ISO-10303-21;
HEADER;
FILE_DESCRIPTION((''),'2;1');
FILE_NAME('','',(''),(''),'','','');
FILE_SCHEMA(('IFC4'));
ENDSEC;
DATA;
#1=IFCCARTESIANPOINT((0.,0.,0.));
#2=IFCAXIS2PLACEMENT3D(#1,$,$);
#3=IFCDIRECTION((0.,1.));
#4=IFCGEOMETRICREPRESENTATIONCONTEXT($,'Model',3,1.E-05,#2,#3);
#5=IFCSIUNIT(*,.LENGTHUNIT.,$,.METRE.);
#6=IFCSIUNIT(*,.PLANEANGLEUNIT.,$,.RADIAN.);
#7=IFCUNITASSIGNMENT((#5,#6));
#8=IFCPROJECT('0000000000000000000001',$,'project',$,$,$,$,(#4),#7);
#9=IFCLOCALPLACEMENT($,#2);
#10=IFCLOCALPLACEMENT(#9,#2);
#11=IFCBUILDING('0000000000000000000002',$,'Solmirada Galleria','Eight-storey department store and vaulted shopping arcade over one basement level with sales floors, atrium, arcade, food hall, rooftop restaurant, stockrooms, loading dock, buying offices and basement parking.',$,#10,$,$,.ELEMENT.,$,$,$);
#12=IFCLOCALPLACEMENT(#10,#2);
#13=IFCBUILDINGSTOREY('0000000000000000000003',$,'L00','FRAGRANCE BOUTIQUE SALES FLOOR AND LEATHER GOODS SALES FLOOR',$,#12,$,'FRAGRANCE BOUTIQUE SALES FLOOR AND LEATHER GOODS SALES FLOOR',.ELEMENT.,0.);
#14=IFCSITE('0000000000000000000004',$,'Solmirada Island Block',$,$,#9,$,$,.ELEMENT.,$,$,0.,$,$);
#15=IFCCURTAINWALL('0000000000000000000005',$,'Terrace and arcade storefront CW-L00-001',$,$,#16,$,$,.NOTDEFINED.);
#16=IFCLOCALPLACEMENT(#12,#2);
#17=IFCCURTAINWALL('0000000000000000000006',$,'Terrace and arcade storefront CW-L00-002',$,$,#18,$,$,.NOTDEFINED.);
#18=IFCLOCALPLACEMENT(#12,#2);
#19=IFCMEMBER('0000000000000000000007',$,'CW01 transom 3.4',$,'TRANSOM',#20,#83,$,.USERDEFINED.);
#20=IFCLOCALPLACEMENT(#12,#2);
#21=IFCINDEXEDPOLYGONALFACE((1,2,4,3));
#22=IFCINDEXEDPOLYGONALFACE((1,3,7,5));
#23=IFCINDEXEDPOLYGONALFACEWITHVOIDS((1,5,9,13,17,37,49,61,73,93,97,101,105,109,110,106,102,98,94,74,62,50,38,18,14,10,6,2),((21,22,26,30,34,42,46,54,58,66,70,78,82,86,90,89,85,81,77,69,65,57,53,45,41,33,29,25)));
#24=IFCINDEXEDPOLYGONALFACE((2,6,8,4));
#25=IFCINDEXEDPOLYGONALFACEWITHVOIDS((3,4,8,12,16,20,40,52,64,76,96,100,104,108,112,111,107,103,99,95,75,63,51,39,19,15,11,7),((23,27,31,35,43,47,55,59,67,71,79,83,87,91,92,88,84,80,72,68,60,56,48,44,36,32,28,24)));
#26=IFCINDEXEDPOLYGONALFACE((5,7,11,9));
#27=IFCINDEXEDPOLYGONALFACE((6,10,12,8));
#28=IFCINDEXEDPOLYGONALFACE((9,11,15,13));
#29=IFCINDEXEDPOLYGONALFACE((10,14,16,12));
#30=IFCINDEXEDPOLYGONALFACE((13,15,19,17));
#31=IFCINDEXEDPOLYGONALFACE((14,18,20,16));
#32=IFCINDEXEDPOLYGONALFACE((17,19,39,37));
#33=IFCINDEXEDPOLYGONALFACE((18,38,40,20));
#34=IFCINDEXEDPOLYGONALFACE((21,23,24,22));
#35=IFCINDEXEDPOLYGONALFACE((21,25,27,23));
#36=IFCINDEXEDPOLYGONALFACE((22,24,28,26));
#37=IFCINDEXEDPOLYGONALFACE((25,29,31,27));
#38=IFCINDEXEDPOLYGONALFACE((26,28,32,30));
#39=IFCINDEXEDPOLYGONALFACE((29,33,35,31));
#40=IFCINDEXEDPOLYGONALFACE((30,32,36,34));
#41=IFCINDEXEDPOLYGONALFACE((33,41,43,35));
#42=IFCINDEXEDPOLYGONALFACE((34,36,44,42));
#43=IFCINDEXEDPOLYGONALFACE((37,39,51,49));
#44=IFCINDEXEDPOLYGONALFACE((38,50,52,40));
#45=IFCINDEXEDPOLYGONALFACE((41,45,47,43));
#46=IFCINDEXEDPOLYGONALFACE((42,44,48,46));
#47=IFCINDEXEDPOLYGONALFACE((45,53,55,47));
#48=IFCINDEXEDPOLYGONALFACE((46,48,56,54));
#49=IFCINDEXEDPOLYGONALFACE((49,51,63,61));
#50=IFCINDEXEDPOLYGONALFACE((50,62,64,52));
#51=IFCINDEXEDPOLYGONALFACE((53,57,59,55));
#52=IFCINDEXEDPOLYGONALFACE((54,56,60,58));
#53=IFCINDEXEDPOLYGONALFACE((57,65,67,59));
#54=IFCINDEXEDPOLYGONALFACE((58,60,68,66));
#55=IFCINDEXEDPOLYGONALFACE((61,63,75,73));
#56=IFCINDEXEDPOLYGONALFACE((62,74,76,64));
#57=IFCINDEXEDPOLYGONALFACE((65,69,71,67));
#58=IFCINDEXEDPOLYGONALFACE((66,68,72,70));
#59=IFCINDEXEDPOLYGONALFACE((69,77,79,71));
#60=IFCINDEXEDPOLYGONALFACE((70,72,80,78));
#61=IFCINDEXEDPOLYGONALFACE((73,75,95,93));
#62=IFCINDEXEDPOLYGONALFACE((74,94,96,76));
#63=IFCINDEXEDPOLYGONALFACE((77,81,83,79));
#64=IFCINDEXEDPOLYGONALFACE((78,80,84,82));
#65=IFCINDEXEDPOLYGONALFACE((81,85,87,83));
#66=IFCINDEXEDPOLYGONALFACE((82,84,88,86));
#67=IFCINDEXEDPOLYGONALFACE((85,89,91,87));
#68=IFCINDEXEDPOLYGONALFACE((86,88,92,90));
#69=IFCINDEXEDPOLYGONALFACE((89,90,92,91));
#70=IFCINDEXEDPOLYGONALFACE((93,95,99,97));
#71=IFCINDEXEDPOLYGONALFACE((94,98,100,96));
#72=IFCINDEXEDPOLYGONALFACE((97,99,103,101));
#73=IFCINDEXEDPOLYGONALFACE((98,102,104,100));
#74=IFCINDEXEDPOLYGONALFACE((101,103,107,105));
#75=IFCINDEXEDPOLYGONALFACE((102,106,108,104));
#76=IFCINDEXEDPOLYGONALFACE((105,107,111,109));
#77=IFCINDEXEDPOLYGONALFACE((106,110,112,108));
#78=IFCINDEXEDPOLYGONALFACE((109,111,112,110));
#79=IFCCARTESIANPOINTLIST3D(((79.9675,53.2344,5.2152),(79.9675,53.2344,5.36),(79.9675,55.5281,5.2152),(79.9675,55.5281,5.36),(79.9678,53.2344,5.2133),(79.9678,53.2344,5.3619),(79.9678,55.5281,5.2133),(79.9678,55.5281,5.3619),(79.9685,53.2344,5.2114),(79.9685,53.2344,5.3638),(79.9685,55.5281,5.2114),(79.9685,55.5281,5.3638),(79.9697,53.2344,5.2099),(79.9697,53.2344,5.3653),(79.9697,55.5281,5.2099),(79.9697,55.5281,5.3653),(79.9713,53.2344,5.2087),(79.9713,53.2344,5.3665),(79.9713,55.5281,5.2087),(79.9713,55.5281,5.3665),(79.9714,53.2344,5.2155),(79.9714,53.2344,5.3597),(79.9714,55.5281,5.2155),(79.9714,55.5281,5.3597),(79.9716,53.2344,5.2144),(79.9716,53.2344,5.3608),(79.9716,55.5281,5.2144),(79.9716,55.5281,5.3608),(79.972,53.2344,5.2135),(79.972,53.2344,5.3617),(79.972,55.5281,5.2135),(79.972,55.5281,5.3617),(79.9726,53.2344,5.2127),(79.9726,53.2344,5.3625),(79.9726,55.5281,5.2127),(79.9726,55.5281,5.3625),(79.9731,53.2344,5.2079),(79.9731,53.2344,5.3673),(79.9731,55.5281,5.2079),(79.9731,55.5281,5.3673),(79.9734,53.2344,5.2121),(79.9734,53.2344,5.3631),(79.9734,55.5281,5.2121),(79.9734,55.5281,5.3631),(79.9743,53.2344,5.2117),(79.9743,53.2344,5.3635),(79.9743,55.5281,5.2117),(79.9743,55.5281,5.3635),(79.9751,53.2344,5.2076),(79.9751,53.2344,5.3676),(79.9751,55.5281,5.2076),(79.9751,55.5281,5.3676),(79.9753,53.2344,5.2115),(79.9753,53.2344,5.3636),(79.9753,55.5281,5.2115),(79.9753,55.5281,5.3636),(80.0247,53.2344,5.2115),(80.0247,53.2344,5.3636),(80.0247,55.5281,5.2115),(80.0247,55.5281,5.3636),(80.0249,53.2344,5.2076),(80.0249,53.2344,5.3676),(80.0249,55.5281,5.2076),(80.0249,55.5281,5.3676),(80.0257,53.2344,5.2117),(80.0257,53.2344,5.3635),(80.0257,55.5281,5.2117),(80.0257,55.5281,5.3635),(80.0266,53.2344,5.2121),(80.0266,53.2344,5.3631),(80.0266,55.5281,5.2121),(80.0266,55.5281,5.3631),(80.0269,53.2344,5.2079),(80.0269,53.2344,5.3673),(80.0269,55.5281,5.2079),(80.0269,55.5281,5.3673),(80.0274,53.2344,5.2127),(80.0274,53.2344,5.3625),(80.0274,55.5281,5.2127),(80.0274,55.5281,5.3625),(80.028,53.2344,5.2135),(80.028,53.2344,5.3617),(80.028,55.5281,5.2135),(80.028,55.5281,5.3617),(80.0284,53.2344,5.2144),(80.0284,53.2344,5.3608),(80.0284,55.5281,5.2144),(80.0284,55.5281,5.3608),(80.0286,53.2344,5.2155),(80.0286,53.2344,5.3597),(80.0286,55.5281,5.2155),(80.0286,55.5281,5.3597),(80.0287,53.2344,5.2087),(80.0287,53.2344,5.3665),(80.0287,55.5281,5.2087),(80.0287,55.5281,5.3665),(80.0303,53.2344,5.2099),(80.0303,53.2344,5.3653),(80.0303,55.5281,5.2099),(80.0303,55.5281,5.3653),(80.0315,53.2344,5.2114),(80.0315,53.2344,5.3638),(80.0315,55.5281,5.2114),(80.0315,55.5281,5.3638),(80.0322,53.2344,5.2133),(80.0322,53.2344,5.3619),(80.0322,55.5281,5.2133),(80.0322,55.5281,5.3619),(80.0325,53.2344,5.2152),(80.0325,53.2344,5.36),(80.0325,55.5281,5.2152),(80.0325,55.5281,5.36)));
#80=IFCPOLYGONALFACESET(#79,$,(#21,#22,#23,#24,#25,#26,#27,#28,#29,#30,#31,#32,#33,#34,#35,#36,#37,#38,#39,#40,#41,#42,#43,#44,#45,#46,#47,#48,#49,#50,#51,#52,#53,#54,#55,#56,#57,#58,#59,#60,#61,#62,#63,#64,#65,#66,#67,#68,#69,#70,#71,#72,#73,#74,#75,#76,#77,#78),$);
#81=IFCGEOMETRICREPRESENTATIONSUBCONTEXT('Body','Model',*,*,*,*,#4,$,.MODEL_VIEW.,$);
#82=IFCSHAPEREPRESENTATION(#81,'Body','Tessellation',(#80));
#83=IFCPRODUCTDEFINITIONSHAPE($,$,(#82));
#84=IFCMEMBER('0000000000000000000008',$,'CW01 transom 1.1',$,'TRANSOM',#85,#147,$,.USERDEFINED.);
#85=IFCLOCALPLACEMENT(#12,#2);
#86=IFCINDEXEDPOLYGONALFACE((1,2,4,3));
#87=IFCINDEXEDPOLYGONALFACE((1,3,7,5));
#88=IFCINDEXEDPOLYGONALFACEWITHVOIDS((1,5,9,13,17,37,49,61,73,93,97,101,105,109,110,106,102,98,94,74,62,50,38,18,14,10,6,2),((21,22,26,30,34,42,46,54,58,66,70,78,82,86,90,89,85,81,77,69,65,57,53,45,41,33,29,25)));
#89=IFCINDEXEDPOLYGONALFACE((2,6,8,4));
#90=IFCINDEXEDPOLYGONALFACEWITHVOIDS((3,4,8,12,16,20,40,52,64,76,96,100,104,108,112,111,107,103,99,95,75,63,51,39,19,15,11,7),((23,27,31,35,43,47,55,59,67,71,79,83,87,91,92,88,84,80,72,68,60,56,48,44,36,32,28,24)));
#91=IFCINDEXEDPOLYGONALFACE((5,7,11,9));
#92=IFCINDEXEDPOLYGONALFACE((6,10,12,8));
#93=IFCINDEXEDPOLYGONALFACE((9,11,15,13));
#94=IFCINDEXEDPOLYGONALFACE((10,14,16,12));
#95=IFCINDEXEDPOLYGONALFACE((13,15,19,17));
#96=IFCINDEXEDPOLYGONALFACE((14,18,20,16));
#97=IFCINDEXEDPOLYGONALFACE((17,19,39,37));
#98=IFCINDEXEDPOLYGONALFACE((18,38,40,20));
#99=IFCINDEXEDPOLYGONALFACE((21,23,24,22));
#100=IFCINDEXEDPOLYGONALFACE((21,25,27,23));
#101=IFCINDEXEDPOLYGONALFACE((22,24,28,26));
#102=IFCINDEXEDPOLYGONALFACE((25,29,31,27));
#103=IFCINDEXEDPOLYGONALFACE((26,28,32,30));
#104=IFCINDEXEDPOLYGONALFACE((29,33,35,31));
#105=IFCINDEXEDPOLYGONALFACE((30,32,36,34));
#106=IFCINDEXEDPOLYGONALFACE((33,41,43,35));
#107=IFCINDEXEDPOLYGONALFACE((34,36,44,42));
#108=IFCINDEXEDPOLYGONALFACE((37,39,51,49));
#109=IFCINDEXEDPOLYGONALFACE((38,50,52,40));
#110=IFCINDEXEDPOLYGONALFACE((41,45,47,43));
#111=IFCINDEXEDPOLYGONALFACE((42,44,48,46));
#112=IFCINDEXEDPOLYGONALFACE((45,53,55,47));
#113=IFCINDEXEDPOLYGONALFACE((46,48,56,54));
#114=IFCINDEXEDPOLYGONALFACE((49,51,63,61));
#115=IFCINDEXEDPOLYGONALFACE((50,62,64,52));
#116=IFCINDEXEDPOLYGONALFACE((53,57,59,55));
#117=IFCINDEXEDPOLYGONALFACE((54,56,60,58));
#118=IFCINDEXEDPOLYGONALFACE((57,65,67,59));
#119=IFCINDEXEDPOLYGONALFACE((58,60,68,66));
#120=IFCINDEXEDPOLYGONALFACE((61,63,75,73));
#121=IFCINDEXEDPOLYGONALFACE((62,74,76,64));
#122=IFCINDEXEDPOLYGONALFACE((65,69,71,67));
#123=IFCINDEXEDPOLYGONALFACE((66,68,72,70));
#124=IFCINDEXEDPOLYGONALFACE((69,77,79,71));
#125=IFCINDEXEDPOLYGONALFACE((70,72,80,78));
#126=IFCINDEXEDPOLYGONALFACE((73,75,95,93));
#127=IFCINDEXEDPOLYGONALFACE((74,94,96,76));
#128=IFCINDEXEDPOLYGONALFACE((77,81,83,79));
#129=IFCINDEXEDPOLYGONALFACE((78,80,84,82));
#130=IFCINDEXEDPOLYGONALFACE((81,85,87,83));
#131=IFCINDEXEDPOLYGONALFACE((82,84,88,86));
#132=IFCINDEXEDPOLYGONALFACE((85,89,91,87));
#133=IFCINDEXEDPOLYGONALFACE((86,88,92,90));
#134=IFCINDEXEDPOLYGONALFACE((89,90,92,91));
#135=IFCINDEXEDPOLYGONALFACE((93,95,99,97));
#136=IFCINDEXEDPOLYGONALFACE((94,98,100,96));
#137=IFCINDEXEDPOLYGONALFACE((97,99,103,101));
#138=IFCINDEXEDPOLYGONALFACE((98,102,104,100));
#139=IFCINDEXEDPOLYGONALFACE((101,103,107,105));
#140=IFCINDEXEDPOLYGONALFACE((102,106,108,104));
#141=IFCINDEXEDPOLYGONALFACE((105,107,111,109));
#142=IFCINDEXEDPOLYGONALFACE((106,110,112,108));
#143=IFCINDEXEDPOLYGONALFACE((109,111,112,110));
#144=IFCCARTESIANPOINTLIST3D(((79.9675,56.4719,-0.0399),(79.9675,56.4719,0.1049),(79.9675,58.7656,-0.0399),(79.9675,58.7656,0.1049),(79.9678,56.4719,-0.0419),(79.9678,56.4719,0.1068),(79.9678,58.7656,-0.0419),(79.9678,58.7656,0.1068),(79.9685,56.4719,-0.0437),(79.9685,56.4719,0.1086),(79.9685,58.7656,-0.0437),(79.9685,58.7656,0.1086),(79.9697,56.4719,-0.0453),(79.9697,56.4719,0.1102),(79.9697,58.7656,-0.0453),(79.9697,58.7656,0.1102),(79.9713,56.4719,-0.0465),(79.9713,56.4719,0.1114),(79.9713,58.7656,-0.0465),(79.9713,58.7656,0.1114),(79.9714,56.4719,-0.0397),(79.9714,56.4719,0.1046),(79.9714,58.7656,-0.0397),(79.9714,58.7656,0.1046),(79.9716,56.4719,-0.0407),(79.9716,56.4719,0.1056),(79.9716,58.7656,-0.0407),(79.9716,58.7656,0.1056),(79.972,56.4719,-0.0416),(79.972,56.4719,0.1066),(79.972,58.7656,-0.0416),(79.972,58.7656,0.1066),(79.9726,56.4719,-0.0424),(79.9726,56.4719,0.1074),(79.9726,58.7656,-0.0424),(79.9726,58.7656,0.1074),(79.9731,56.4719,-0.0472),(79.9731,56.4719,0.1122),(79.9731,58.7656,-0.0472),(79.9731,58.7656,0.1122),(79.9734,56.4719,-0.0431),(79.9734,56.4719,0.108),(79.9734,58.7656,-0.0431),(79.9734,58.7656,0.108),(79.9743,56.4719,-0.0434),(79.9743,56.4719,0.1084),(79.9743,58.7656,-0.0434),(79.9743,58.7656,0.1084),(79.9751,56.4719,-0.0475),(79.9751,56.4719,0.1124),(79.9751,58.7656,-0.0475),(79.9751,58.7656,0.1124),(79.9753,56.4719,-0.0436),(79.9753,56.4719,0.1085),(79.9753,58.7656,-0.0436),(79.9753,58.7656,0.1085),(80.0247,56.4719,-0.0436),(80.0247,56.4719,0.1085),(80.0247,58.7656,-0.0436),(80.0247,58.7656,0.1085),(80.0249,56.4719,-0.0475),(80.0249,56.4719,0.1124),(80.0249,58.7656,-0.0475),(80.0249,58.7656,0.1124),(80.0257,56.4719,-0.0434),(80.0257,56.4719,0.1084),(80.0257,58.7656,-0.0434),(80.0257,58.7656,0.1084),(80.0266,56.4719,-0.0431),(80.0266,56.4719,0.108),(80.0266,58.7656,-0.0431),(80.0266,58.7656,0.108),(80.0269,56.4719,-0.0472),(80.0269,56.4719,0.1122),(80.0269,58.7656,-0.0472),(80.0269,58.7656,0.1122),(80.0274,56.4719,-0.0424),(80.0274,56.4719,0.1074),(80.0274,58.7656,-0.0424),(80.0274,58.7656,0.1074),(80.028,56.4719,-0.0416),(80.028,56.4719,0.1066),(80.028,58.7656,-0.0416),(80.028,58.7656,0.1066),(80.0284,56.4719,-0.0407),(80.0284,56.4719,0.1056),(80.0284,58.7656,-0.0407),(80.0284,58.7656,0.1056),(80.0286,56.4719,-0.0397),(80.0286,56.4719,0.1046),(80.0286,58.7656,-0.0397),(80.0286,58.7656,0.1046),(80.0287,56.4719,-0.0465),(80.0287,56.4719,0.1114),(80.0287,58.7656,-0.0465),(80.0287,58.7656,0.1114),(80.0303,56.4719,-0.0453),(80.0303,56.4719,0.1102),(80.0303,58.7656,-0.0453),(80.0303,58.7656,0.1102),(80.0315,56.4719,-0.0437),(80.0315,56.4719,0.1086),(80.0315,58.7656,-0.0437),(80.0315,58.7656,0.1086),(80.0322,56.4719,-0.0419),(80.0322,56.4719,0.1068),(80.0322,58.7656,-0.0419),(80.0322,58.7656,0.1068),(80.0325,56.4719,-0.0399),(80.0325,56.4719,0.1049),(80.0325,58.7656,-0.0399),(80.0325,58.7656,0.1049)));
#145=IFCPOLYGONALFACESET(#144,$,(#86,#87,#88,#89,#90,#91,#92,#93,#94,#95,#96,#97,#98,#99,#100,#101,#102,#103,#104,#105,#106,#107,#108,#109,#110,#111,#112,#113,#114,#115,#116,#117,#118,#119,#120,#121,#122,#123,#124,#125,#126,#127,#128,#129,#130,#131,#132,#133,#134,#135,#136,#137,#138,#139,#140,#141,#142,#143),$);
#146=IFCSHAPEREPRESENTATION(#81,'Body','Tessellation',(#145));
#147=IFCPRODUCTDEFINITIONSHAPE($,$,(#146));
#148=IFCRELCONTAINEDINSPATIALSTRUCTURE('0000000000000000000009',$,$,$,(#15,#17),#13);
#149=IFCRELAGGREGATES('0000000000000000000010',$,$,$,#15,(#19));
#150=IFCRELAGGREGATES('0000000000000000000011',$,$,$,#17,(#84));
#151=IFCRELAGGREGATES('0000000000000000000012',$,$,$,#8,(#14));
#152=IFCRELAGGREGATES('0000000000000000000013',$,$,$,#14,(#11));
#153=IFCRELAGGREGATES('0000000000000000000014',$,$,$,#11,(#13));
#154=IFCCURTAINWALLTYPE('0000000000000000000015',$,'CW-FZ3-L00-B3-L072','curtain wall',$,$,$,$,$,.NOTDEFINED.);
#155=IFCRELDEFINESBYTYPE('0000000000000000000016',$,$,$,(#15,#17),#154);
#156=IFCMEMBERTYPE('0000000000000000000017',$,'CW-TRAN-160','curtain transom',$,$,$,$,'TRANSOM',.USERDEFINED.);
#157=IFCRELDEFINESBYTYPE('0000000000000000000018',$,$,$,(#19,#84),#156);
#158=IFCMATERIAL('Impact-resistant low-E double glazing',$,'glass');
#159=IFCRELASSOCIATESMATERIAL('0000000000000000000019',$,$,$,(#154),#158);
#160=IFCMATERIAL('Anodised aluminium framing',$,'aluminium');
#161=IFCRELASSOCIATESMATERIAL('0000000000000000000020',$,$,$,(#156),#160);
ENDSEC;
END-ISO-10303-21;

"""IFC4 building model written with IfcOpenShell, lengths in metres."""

from ifc_helpers import new_model, si_unit, direction, frame, origin, origin_2d, place, context, subcontext, project, spatial, hollow_rectangle, extrude, material, material_profile, profile_set, type_object, element, aggregate, save


model = new_model("IFC4")

# Units and contexts
model_context = context("Model", 3, precision=1e-05, world=origin(), true_north=direction((0.0, 1.0)))
body_context = subcontext(model_context, "Body", "Model", "MODEL_VIEW")
ifc_project = project(units=[si_unit("LENGTHUNIT", "METRE"), si_unit("PLANEANGLEUNIT", "RADIAN")], contexts=[model_context])

# Site, building, storey
site_placement = place(None, origin())
site = spatial("IfcSite", under=ifc_project, at=site_placement, Name="Solmirada Island Block", CompositionType="ELEMENT", RefElevation=0.0)
building_placement = place(site_placement, origin())
building = spatial("IfcBuilding", under=site, at=building_placement, Name="Solmirada Galleria", Description="Eight-storey department store and vaulted shopping arcade over one basement level with sales floors, atrium, arcade, food hall, rooftop restaurant, stockrooms, loading dock, buying offices and basement parking.", CompositionType="ELEMENT")
storey_placement = place(building_placement, origin())
storey = spatial("IfcBuildingStorey", under=building, at=storey_placement, Name="L00", Description="FRAGRANCE BOUTIQUE SALES FLOOR AND LEATHER GOODS SALES FLOOR", LongName="FRAGRANCE BOUTIQUE SALES FLOOR AND LEATHER GOODS SALES FLOOR", CompositionType="ELEMENT", Elevation=0.0)

# Curtain walls
ifc_material_1 = material(Name="Impact-resistant low-E double glazing", Category="glass")
curtain_wall_type = type_object("IfcCurtainWallType", Name="CW-FZ3-L00-B3-L072", Description="curtain wall", PredefinedType="NOTDEFINED", material=ifc_material_1)
curtain_wall_1_placement = place(storey_placement, origin())
curtain_wall_1 = element("IfcCurtainWall", 1, at=curtain_wall_1_placement, inside=storey, type_object=curtain_wall_type, Name="Terrace and arcade storefront CW-L00-001", PredefinedType="NOTDEFINED")
ifc_material_2 = material(Name="Anodised aluminium framing", Category="aluminium")
curtain_wall_2_placement = place(storey_placement, origin())
curtain_wall_2 = element("IfcCurtainWall", 2, at=curtain_wall_2_placement, inside=storey, type_object=curtain_wall_type, Name="Terrace and arcade storefront CW-L00-002", PredefinedType="NOTDEFINED")

# Members
ifc_material_profile_1 = material_profile(ifc_material_2, hollow_rectangle(XDim=0.0649, YDim=0.1599, WallThickness=0.0039, InnerFilletRadius=0.0039, OuterFilletRadius=0.0076, at=origin_2d()), Name="ALU-TRAN-160X65")
ifc_profile_set_1 = profile_set([ifc_material_profile_1], Name="Anodised aluminium framing")
member_type_1 = type_object("IfcMemberType", Name="CW-TRAN-160", Description="curtain transom", ElementType="TRANSOM", PredefinedType="USERDEFINED", material=ifc_profile_set_1)
member_1_placement = place(storey_placement, frame((80.0, 53.2344, 5.2876), z_axis=(0.0, 1.0, 0.0), x_axis=(-1.0, 0.0, 0.0)))
member_1 = element("IfcMember", 3, at=member_1_placement, type_object=member_type_1, Name="CW01 transom 3.4", ObjectType="TRANSOM", PredefinedType="USERDEFINED", context=body_context, shape_type="SweptSolid", body=[
    extrude(hollow_rectangle(XDim=0.0649, YDim=0.1599, WallThickness=0.0039, InnerFilletRadius=0.0039, OuterFilletRadius=0.0076, at=origin_2d()), origin(), (0.0, 0.0, 1.0), 2.2937),
])
member_2_placement = place(storey_placement, frame((80.0, 56.4719, 0.0325), z_axis=(0.0, 1.0, 0.0), x_axis=(-1.0, 0.0, 0.0)))
member_2 = element("IfcMember", 4, at=member_2_placement, type_object=member_type_1, Name="CW01 transom 1.1", ObjectType="TRANSOM", PredefinedType="USERDEFINED", context=body_context, shape_type="SweptSolid", body=[
    extrude(hollow_rectangle(XDim=0.0649, YDim=0.1599, WallThickness=0.0039, InnerFilletRadius=0.0039, OuterFilletRadius=0.0076, at=origin_2d()), origin(), (0.0, 0.0, 1.0), 2.2937),
])

aggregate(curtain_wall_1, [member_1])
aggregate(curtain_wall_2, [member_2])

save(model, "model.ifc")
